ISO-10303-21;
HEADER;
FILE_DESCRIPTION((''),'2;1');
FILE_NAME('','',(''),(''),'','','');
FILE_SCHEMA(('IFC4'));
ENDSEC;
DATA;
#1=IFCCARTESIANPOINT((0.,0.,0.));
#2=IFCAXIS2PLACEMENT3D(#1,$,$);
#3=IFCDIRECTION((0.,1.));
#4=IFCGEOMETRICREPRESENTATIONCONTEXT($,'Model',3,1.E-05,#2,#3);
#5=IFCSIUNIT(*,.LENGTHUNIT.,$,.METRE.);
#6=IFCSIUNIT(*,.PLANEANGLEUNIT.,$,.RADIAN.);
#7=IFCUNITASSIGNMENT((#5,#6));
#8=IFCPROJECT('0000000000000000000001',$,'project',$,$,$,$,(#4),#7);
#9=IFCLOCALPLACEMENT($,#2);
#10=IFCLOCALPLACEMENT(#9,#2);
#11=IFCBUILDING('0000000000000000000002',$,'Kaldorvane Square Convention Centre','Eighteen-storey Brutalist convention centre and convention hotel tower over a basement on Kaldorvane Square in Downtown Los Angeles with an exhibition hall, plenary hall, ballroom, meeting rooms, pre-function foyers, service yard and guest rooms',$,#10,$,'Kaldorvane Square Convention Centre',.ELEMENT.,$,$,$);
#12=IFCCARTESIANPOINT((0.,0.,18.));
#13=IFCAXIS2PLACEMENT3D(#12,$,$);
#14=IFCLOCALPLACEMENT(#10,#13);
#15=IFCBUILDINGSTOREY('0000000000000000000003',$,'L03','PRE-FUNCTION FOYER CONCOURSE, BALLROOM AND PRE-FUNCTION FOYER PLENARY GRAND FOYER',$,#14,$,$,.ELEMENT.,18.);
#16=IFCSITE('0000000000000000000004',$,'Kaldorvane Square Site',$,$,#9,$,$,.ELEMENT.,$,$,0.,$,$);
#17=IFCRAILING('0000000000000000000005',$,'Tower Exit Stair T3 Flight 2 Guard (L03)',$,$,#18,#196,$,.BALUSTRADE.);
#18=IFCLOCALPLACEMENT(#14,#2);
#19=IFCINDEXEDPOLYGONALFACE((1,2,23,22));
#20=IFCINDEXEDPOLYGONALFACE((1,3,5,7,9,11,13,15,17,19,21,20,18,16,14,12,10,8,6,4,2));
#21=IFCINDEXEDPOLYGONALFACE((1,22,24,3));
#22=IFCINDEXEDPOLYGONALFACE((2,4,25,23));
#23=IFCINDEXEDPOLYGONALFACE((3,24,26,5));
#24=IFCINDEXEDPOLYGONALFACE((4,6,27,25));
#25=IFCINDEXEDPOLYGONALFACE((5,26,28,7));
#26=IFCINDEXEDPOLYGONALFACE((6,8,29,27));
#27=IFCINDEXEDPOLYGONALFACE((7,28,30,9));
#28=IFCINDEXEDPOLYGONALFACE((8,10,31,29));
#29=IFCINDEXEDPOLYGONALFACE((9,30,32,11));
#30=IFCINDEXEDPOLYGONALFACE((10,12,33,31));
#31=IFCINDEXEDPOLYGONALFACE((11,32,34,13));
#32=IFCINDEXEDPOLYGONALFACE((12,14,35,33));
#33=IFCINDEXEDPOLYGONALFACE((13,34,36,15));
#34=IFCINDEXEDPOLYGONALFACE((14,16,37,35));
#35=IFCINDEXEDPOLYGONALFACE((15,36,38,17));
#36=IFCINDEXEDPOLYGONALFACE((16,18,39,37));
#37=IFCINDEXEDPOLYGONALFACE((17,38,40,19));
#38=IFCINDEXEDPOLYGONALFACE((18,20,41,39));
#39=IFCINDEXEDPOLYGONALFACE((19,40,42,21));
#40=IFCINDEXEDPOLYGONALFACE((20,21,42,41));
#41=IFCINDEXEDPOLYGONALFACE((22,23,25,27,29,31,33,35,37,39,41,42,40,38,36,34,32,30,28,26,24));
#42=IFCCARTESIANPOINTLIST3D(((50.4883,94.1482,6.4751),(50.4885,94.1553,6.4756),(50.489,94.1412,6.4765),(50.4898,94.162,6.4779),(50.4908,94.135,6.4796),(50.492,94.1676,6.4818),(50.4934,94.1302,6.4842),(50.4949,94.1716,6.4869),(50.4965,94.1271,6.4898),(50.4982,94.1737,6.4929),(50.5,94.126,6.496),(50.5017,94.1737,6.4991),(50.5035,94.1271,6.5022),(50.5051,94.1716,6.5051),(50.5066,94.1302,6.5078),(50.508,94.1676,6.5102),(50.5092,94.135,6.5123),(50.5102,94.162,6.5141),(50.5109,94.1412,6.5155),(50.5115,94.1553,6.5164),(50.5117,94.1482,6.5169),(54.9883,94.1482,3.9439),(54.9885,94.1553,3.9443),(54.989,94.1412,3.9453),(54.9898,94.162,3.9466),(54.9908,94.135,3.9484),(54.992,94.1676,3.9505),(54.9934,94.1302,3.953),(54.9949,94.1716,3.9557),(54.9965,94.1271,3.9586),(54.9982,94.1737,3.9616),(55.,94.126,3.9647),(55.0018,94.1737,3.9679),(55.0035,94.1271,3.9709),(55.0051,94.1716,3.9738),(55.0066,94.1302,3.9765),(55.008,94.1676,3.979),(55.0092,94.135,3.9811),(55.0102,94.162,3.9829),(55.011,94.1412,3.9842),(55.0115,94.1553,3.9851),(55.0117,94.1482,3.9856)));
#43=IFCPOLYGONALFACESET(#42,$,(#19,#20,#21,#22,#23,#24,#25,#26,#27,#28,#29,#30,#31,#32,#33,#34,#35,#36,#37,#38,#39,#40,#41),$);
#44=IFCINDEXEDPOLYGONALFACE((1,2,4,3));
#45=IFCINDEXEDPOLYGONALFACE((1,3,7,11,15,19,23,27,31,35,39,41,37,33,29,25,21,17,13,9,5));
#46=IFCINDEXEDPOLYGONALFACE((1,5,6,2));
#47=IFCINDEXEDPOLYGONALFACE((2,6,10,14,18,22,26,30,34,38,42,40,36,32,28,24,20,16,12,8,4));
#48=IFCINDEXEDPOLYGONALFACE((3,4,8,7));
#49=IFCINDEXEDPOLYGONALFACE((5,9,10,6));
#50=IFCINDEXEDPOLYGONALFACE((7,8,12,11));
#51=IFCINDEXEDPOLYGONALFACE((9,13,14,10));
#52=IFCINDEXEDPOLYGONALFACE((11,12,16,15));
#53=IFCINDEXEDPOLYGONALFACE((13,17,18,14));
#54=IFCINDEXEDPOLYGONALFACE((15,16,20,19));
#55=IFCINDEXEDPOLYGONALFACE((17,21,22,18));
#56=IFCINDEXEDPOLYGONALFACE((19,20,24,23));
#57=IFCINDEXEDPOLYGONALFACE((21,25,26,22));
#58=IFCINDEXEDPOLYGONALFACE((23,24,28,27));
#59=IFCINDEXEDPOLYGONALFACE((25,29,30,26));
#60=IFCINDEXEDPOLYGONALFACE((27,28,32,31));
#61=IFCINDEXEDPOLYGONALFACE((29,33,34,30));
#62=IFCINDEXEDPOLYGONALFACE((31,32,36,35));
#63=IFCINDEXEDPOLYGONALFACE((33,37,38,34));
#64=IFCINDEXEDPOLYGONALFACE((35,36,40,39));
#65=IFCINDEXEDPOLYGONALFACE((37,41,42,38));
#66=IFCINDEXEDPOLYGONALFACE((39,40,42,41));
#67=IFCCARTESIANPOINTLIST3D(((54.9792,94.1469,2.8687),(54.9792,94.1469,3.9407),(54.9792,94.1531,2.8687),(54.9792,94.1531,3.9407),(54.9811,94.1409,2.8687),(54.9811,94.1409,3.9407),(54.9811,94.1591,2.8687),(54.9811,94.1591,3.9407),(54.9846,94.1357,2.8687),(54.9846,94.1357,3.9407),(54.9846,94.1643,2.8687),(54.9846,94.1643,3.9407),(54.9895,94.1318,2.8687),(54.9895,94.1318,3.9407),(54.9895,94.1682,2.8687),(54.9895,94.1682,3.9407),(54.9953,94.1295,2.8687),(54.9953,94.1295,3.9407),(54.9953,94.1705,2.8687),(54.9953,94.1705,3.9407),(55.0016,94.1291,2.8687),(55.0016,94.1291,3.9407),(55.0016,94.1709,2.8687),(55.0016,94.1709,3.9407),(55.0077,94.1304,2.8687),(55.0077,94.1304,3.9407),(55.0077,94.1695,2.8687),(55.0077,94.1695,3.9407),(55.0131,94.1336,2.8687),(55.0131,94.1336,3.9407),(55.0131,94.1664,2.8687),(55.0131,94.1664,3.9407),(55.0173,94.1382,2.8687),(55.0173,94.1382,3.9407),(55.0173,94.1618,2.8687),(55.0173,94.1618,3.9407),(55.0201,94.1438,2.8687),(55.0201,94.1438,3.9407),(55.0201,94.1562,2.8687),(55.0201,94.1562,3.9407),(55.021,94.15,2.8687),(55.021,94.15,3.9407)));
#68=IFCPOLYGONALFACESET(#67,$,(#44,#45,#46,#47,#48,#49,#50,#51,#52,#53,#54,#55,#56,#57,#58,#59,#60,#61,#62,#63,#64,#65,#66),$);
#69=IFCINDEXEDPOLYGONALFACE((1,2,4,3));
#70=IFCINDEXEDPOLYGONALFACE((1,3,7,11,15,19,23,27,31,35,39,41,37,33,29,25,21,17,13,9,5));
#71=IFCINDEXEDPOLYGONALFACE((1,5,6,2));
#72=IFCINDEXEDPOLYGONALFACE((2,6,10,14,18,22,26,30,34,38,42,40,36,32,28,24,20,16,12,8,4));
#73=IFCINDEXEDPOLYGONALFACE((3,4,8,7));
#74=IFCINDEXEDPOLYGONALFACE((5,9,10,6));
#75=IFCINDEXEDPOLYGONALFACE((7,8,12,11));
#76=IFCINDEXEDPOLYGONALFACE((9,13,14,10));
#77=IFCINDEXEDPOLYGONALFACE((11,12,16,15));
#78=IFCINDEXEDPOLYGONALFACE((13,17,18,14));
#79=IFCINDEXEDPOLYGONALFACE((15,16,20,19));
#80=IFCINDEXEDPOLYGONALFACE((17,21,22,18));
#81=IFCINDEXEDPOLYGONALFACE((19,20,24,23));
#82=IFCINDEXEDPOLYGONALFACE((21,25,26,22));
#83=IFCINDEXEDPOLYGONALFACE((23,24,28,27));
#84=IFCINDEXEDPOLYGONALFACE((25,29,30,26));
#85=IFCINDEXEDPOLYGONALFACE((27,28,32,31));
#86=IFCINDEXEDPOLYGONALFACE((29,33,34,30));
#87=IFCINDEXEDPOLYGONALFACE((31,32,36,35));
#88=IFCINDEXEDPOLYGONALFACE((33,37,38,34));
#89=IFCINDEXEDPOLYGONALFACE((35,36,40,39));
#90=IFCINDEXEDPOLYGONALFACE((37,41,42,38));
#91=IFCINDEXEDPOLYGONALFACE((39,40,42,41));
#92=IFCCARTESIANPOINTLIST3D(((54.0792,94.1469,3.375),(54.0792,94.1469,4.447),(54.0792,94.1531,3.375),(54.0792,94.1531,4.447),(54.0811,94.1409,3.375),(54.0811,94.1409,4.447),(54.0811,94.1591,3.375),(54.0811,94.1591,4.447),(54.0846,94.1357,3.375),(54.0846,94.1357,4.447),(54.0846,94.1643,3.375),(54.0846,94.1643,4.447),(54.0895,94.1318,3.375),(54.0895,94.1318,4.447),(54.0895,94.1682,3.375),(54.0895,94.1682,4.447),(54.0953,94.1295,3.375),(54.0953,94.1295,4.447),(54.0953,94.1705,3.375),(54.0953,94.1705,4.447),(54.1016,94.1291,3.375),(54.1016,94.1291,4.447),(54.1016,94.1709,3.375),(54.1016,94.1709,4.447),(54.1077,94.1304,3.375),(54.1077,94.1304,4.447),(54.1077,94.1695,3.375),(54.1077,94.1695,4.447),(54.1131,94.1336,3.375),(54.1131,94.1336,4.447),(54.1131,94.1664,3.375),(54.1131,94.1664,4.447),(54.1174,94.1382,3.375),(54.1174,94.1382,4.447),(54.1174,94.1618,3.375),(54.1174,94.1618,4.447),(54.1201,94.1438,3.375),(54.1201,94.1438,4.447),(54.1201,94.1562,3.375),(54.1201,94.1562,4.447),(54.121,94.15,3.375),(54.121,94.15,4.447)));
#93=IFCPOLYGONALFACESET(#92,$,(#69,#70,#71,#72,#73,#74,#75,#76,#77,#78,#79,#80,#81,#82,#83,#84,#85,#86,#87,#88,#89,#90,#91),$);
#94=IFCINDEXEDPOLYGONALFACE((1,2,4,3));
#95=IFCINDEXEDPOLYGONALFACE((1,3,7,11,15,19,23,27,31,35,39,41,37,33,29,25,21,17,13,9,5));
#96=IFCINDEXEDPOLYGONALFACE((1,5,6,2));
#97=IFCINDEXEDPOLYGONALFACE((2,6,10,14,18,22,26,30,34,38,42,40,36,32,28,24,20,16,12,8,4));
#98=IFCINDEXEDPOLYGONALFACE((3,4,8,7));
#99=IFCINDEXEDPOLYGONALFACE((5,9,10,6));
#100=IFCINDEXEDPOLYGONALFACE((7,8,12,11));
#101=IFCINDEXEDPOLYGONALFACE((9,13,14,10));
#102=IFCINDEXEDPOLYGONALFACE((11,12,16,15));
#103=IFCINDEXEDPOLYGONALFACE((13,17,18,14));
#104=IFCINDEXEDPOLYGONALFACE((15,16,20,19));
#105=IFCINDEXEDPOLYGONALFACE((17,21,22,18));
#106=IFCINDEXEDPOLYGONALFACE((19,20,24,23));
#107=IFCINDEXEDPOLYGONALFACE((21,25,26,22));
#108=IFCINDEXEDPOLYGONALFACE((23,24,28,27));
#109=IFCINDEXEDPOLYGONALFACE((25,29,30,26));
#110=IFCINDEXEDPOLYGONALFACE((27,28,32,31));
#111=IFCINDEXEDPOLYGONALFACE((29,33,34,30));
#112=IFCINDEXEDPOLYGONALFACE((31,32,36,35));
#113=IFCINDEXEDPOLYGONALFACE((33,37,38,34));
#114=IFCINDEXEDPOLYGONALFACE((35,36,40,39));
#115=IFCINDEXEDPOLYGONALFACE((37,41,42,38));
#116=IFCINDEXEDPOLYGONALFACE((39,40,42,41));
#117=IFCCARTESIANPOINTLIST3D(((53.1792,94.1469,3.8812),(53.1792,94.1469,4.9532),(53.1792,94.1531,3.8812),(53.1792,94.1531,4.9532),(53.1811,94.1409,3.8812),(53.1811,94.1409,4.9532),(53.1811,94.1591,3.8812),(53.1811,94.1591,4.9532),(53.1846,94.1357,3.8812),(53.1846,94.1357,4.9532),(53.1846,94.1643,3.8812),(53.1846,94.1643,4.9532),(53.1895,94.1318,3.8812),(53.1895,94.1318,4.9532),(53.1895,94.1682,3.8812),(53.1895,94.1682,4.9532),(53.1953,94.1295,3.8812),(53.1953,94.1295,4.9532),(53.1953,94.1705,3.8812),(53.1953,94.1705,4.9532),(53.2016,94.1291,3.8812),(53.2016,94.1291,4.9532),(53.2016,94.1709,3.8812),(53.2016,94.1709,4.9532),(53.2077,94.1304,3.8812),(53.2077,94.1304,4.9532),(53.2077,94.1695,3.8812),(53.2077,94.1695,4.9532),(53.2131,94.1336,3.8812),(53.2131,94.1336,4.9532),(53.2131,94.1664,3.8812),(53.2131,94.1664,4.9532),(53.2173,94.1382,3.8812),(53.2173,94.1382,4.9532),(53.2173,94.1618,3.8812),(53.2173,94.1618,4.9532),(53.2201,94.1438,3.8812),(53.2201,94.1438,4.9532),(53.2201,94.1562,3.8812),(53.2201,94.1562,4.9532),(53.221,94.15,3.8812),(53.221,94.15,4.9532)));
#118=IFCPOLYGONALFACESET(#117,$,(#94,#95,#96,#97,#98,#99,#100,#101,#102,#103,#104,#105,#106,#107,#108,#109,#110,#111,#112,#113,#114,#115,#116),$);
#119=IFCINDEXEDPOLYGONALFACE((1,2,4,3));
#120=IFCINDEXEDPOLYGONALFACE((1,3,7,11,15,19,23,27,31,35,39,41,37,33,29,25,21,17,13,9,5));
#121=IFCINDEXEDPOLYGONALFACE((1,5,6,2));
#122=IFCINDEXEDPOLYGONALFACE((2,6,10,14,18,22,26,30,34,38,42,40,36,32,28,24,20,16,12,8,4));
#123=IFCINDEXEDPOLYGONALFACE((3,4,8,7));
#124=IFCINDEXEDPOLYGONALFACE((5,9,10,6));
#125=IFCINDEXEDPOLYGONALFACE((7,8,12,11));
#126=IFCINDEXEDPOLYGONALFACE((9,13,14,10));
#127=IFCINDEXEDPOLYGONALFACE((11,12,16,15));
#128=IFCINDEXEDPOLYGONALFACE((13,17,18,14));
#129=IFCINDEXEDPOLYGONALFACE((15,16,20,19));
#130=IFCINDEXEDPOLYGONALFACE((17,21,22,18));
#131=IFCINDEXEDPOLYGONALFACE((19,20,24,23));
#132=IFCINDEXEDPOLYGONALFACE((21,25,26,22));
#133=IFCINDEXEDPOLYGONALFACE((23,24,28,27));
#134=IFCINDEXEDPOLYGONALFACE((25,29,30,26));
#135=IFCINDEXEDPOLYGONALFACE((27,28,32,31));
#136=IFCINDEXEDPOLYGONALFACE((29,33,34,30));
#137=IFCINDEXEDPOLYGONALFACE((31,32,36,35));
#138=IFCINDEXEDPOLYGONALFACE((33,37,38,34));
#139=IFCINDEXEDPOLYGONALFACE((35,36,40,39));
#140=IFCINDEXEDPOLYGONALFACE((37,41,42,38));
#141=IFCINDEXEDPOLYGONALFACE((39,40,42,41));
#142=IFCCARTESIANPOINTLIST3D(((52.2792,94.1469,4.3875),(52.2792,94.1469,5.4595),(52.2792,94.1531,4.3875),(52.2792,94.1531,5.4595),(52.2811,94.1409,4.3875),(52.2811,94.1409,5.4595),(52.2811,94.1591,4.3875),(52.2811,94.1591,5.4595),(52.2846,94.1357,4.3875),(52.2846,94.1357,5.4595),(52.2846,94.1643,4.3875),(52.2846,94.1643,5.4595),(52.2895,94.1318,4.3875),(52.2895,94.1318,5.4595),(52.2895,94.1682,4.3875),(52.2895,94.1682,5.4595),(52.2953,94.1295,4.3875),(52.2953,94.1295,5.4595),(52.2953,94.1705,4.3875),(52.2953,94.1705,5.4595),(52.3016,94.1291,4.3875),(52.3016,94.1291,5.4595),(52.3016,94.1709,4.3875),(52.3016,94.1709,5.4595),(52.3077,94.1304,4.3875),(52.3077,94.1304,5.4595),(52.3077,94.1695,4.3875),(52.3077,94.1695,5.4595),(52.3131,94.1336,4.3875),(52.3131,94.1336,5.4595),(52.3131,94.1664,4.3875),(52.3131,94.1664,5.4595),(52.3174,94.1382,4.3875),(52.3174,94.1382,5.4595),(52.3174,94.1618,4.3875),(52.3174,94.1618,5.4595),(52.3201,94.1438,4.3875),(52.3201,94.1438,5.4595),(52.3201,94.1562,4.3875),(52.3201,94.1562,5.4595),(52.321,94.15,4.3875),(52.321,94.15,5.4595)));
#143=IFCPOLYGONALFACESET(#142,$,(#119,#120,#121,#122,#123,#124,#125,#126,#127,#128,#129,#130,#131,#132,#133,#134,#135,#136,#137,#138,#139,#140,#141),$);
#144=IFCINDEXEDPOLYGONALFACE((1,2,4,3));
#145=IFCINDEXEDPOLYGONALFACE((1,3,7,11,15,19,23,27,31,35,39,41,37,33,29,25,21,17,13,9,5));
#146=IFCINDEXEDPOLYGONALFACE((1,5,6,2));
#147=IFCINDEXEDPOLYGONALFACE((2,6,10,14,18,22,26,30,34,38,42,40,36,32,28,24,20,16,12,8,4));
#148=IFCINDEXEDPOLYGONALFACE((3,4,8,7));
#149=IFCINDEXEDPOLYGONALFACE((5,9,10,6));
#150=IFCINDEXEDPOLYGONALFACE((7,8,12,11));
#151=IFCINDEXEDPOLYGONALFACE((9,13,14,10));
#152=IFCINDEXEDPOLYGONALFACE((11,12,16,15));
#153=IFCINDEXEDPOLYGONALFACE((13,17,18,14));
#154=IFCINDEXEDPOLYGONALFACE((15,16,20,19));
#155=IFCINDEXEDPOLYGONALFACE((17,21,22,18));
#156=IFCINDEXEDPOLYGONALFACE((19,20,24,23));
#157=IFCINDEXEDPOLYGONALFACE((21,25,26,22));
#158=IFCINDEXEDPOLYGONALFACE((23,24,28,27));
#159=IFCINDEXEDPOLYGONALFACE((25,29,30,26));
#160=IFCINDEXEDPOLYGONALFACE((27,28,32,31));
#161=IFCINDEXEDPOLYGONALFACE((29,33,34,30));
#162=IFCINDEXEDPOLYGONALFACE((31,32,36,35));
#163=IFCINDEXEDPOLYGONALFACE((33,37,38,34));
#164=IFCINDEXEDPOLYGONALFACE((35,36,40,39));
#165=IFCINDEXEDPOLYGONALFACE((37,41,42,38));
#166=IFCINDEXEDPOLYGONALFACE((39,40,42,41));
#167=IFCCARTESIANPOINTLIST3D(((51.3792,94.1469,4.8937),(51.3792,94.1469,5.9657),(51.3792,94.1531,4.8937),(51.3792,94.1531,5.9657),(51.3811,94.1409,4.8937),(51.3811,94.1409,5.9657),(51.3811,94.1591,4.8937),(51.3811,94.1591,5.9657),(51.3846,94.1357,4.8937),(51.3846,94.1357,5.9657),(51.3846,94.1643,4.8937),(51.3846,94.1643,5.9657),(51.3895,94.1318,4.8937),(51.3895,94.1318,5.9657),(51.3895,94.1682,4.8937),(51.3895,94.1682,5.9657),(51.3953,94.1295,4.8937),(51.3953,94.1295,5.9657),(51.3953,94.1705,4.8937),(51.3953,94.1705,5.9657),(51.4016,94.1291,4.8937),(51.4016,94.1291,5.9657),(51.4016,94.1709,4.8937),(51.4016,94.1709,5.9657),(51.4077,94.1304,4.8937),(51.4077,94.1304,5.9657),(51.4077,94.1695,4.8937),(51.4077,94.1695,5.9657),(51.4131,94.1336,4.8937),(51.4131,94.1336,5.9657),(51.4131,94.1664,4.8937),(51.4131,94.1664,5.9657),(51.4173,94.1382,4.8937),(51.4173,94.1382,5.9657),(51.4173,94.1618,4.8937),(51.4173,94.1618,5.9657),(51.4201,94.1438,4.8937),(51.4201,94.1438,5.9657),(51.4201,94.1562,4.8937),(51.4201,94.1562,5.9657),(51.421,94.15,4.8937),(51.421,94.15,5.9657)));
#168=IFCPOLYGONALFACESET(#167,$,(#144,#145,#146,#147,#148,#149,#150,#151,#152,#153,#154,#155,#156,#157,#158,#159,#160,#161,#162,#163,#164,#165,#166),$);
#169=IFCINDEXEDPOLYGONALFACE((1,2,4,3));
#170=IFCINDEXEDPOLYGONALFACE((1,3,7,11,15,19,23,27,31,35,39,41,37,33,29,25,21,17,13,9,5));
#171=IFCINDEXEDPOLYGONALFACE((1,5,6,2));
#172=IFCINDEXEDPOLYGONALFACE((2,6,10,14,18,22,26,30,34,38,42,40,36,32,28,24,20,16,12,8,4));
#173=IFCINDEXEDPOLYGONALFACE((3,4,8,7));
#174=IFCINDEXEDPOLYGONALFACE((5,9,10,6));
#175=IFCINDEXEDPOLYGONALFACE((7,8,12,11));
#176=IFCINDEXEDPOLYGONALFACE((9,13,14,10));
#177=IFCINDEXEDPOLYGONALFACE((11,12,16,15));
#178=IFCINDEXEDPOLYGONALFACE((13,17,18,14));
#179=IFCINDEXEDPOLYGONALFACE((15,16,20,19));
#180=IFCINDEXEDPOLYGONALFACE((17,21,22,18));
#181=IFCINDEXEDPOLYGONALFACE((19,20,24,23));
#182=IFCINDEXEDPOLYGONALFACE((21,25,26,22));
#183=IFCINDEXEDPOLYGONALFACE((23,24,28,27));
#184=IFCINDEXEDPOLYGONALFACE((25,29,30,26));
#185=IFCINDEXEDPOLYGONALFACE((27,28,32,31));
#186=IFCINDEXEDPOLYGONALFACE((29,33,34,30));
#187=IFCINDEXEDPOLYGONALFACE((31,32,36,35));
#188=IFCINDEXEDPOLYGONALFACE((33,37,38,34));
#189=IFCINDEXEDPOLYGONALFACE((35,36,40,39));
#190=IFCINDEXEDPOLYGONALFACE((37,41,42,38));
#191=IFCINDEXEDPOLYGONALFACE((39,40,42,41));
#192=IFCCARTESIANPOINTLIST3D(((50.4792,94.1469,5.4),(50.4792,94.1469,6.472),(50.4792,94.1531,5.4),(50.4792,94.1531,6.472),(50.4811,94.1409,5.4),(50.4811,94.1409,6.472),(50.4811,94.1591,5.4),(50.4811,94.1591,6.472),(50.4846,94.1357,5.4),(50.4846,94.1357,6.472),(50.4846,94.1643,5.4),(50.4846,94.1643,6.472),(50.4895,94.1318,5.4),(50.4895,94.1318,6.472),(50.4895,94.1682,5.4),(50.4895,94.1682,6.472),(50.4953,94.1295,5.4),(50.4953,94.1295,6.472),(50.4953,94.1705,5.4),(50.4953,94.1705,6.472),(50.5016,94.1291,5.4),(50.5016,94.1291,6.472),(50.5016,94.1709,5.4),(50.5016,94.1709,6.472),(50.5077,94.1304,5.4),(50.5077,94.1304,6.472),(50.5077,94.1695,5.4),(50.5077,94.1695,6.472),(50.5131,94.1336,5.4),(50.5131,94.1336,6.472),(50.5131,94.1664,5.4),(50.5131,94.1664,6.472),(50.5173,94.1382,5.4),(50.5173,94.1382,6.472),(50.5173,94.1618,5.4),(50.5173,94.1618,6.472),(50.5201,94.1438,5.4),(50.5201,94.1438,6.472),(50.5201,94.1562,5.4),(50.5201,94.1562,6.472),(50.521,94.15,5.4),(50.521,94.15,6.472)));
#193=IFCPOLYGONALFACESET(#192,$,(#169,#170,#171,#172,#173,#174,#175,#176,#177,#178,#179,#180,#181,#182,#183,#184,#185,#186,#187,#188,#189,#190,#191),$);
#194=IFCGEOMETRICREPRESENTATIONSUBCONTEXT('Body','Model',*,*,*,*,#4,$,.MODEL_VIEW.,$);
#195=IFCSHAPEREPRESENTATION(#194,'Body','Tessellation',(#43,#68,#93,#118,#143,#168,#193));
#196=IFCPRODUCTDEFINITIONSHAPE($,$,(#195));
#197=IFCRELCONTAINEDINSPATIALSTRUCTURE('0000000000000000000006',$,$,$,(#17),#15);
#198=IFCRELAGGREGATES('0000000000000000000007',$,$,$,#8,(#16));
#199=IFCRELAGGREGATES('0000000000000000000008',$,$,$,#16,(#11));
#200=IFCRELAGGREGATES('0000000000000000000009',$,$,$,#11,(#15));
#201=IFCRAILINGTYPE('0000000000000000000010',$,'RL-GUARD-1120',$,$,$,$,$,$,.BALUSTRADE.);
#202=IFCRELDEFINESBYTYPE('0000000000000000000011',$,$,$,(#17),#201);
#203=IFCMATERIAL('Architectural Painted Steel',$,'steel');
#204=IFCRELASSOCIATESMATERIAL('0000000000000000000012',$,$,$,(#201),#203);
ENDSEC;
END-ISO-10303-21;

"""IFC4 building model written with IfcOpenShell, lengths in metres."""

from ifc_helpers import new_model, si_unit, direction, frame, origin, origin_2d, place, context, subcontext, project, spatial, circle, extrude, material, type_object, element, save


model = new_model("IFC4")

# Units and contexts
model_context = context("Model", 3, precision=1e-05, world=origin(), true_north=direction((0.0, 1.0)))
body_context = subcontext(model_context, "Body", "Model", "MODEL_VIEW")
ifc_project = project(units=[si_unit("LENGTHUNIT", "METRE"), si_unit("PLANEANGLEUNIT", "RADIAN")], contexts=[model_context])

# Site, building, storey
site_placement = place(None, origin())
site = spatial("IfcSite", under=ifc_project, at=site_placement, Name="Kaldorvane Square Site", CompositionType="ELEMENT", RefElevation=0.0)
building_placement = place(site_placement, origin())
building = spatial("IfcBuilding", under=site, at=building_placement, Name="Kaldorvane Square Convention Centre", Description="Eighteen-storey Brutalist convention centre and convention hotel tower over a basement on Kaldorvane Square in Downtown Los Angeles with an exhibition hall, plenary hall, ballroom, meeting rooms, pre-function foyers, service yard and guest rooms", LongName="Kaldorvane Square Convention Centre", CompositionType="ELEMENT")
storey_placement = place(building_placement, frame((0.0, 0.0, 18.0)))
storey = spatial("IfcBuildingStorey", under=building, at=storey_placement, Name="L03", Description="PRE-FUNCTION FOYER CONCOURSE, BALLROOM AND PRE-FUNCTION FOYER PLENARY GRAND FOYER", CompositionType="ELEMENT", Elevation=18.0)

# Railing
ifc_material_1 = material(Name="Architectural Painted Steel", Category="steel")
railing_type_1 = type_object("IfcRailingType", Name="RL-GUARD-1120", PredefinedType="BALUSTRADE", material=ifc_material_1)
railing_1_placement = place(storey_placement, frame((55.0, 94.15, 2.8687)))
element("IfcRailing", 1, at=railing_1_placement, inside=storey, type_object=railing_type_1, Name="Tower Exit Stair T3 Flight 2 Guard (L03)", PredefinedType="BALUSTRADE", context=body_context, shape_type="SweptSolid", body=[
    extrude(circle(Radius=0.024, at=origin_2d()), frame((0.0, 0.0, 1.096), z_axis=(-0.871576, 0.0, 0.490261), x_axis=(0.0, -1.0, 0.0)), (0.0, 0.0, 1.0), 5.1631),
    extrude(circle(Radius=0.021, at=origin_2d()), origin(), (0.0, 0.0, 1.0), 1.072),
    extrude(circle(Radius=0.021, at=origin_2d()), frame((-0.9, 0.0, 0.5063)), (0.0, 0.0, 1.0), 1.072),
    extrude(circle(Radius=0.021, at=origin_2d()), frame((-1.8, 0.0, 1.0125)), (0.0, 0.0, 1.0), 1.072),
    extrude(circle(Radius=0.021, at=origin_2d()), frame((-2.7, 0.0, 1.5188)), (0.0, 0.0, 1.0), 1.072),
    extrude(circle(Radius=0.021, at=origin_2d()), frame((-3.6, 0.0, 2.025)), (0.0, 0.0, 1.0), 1.072),
    extrude(circle(Radius=0.021, at=origin_2d()), frame((-4.5, 0.0, 2.5312)), (0.0, 0.0, 1.0), 1.072),
])

save(model, "model.ifc")
